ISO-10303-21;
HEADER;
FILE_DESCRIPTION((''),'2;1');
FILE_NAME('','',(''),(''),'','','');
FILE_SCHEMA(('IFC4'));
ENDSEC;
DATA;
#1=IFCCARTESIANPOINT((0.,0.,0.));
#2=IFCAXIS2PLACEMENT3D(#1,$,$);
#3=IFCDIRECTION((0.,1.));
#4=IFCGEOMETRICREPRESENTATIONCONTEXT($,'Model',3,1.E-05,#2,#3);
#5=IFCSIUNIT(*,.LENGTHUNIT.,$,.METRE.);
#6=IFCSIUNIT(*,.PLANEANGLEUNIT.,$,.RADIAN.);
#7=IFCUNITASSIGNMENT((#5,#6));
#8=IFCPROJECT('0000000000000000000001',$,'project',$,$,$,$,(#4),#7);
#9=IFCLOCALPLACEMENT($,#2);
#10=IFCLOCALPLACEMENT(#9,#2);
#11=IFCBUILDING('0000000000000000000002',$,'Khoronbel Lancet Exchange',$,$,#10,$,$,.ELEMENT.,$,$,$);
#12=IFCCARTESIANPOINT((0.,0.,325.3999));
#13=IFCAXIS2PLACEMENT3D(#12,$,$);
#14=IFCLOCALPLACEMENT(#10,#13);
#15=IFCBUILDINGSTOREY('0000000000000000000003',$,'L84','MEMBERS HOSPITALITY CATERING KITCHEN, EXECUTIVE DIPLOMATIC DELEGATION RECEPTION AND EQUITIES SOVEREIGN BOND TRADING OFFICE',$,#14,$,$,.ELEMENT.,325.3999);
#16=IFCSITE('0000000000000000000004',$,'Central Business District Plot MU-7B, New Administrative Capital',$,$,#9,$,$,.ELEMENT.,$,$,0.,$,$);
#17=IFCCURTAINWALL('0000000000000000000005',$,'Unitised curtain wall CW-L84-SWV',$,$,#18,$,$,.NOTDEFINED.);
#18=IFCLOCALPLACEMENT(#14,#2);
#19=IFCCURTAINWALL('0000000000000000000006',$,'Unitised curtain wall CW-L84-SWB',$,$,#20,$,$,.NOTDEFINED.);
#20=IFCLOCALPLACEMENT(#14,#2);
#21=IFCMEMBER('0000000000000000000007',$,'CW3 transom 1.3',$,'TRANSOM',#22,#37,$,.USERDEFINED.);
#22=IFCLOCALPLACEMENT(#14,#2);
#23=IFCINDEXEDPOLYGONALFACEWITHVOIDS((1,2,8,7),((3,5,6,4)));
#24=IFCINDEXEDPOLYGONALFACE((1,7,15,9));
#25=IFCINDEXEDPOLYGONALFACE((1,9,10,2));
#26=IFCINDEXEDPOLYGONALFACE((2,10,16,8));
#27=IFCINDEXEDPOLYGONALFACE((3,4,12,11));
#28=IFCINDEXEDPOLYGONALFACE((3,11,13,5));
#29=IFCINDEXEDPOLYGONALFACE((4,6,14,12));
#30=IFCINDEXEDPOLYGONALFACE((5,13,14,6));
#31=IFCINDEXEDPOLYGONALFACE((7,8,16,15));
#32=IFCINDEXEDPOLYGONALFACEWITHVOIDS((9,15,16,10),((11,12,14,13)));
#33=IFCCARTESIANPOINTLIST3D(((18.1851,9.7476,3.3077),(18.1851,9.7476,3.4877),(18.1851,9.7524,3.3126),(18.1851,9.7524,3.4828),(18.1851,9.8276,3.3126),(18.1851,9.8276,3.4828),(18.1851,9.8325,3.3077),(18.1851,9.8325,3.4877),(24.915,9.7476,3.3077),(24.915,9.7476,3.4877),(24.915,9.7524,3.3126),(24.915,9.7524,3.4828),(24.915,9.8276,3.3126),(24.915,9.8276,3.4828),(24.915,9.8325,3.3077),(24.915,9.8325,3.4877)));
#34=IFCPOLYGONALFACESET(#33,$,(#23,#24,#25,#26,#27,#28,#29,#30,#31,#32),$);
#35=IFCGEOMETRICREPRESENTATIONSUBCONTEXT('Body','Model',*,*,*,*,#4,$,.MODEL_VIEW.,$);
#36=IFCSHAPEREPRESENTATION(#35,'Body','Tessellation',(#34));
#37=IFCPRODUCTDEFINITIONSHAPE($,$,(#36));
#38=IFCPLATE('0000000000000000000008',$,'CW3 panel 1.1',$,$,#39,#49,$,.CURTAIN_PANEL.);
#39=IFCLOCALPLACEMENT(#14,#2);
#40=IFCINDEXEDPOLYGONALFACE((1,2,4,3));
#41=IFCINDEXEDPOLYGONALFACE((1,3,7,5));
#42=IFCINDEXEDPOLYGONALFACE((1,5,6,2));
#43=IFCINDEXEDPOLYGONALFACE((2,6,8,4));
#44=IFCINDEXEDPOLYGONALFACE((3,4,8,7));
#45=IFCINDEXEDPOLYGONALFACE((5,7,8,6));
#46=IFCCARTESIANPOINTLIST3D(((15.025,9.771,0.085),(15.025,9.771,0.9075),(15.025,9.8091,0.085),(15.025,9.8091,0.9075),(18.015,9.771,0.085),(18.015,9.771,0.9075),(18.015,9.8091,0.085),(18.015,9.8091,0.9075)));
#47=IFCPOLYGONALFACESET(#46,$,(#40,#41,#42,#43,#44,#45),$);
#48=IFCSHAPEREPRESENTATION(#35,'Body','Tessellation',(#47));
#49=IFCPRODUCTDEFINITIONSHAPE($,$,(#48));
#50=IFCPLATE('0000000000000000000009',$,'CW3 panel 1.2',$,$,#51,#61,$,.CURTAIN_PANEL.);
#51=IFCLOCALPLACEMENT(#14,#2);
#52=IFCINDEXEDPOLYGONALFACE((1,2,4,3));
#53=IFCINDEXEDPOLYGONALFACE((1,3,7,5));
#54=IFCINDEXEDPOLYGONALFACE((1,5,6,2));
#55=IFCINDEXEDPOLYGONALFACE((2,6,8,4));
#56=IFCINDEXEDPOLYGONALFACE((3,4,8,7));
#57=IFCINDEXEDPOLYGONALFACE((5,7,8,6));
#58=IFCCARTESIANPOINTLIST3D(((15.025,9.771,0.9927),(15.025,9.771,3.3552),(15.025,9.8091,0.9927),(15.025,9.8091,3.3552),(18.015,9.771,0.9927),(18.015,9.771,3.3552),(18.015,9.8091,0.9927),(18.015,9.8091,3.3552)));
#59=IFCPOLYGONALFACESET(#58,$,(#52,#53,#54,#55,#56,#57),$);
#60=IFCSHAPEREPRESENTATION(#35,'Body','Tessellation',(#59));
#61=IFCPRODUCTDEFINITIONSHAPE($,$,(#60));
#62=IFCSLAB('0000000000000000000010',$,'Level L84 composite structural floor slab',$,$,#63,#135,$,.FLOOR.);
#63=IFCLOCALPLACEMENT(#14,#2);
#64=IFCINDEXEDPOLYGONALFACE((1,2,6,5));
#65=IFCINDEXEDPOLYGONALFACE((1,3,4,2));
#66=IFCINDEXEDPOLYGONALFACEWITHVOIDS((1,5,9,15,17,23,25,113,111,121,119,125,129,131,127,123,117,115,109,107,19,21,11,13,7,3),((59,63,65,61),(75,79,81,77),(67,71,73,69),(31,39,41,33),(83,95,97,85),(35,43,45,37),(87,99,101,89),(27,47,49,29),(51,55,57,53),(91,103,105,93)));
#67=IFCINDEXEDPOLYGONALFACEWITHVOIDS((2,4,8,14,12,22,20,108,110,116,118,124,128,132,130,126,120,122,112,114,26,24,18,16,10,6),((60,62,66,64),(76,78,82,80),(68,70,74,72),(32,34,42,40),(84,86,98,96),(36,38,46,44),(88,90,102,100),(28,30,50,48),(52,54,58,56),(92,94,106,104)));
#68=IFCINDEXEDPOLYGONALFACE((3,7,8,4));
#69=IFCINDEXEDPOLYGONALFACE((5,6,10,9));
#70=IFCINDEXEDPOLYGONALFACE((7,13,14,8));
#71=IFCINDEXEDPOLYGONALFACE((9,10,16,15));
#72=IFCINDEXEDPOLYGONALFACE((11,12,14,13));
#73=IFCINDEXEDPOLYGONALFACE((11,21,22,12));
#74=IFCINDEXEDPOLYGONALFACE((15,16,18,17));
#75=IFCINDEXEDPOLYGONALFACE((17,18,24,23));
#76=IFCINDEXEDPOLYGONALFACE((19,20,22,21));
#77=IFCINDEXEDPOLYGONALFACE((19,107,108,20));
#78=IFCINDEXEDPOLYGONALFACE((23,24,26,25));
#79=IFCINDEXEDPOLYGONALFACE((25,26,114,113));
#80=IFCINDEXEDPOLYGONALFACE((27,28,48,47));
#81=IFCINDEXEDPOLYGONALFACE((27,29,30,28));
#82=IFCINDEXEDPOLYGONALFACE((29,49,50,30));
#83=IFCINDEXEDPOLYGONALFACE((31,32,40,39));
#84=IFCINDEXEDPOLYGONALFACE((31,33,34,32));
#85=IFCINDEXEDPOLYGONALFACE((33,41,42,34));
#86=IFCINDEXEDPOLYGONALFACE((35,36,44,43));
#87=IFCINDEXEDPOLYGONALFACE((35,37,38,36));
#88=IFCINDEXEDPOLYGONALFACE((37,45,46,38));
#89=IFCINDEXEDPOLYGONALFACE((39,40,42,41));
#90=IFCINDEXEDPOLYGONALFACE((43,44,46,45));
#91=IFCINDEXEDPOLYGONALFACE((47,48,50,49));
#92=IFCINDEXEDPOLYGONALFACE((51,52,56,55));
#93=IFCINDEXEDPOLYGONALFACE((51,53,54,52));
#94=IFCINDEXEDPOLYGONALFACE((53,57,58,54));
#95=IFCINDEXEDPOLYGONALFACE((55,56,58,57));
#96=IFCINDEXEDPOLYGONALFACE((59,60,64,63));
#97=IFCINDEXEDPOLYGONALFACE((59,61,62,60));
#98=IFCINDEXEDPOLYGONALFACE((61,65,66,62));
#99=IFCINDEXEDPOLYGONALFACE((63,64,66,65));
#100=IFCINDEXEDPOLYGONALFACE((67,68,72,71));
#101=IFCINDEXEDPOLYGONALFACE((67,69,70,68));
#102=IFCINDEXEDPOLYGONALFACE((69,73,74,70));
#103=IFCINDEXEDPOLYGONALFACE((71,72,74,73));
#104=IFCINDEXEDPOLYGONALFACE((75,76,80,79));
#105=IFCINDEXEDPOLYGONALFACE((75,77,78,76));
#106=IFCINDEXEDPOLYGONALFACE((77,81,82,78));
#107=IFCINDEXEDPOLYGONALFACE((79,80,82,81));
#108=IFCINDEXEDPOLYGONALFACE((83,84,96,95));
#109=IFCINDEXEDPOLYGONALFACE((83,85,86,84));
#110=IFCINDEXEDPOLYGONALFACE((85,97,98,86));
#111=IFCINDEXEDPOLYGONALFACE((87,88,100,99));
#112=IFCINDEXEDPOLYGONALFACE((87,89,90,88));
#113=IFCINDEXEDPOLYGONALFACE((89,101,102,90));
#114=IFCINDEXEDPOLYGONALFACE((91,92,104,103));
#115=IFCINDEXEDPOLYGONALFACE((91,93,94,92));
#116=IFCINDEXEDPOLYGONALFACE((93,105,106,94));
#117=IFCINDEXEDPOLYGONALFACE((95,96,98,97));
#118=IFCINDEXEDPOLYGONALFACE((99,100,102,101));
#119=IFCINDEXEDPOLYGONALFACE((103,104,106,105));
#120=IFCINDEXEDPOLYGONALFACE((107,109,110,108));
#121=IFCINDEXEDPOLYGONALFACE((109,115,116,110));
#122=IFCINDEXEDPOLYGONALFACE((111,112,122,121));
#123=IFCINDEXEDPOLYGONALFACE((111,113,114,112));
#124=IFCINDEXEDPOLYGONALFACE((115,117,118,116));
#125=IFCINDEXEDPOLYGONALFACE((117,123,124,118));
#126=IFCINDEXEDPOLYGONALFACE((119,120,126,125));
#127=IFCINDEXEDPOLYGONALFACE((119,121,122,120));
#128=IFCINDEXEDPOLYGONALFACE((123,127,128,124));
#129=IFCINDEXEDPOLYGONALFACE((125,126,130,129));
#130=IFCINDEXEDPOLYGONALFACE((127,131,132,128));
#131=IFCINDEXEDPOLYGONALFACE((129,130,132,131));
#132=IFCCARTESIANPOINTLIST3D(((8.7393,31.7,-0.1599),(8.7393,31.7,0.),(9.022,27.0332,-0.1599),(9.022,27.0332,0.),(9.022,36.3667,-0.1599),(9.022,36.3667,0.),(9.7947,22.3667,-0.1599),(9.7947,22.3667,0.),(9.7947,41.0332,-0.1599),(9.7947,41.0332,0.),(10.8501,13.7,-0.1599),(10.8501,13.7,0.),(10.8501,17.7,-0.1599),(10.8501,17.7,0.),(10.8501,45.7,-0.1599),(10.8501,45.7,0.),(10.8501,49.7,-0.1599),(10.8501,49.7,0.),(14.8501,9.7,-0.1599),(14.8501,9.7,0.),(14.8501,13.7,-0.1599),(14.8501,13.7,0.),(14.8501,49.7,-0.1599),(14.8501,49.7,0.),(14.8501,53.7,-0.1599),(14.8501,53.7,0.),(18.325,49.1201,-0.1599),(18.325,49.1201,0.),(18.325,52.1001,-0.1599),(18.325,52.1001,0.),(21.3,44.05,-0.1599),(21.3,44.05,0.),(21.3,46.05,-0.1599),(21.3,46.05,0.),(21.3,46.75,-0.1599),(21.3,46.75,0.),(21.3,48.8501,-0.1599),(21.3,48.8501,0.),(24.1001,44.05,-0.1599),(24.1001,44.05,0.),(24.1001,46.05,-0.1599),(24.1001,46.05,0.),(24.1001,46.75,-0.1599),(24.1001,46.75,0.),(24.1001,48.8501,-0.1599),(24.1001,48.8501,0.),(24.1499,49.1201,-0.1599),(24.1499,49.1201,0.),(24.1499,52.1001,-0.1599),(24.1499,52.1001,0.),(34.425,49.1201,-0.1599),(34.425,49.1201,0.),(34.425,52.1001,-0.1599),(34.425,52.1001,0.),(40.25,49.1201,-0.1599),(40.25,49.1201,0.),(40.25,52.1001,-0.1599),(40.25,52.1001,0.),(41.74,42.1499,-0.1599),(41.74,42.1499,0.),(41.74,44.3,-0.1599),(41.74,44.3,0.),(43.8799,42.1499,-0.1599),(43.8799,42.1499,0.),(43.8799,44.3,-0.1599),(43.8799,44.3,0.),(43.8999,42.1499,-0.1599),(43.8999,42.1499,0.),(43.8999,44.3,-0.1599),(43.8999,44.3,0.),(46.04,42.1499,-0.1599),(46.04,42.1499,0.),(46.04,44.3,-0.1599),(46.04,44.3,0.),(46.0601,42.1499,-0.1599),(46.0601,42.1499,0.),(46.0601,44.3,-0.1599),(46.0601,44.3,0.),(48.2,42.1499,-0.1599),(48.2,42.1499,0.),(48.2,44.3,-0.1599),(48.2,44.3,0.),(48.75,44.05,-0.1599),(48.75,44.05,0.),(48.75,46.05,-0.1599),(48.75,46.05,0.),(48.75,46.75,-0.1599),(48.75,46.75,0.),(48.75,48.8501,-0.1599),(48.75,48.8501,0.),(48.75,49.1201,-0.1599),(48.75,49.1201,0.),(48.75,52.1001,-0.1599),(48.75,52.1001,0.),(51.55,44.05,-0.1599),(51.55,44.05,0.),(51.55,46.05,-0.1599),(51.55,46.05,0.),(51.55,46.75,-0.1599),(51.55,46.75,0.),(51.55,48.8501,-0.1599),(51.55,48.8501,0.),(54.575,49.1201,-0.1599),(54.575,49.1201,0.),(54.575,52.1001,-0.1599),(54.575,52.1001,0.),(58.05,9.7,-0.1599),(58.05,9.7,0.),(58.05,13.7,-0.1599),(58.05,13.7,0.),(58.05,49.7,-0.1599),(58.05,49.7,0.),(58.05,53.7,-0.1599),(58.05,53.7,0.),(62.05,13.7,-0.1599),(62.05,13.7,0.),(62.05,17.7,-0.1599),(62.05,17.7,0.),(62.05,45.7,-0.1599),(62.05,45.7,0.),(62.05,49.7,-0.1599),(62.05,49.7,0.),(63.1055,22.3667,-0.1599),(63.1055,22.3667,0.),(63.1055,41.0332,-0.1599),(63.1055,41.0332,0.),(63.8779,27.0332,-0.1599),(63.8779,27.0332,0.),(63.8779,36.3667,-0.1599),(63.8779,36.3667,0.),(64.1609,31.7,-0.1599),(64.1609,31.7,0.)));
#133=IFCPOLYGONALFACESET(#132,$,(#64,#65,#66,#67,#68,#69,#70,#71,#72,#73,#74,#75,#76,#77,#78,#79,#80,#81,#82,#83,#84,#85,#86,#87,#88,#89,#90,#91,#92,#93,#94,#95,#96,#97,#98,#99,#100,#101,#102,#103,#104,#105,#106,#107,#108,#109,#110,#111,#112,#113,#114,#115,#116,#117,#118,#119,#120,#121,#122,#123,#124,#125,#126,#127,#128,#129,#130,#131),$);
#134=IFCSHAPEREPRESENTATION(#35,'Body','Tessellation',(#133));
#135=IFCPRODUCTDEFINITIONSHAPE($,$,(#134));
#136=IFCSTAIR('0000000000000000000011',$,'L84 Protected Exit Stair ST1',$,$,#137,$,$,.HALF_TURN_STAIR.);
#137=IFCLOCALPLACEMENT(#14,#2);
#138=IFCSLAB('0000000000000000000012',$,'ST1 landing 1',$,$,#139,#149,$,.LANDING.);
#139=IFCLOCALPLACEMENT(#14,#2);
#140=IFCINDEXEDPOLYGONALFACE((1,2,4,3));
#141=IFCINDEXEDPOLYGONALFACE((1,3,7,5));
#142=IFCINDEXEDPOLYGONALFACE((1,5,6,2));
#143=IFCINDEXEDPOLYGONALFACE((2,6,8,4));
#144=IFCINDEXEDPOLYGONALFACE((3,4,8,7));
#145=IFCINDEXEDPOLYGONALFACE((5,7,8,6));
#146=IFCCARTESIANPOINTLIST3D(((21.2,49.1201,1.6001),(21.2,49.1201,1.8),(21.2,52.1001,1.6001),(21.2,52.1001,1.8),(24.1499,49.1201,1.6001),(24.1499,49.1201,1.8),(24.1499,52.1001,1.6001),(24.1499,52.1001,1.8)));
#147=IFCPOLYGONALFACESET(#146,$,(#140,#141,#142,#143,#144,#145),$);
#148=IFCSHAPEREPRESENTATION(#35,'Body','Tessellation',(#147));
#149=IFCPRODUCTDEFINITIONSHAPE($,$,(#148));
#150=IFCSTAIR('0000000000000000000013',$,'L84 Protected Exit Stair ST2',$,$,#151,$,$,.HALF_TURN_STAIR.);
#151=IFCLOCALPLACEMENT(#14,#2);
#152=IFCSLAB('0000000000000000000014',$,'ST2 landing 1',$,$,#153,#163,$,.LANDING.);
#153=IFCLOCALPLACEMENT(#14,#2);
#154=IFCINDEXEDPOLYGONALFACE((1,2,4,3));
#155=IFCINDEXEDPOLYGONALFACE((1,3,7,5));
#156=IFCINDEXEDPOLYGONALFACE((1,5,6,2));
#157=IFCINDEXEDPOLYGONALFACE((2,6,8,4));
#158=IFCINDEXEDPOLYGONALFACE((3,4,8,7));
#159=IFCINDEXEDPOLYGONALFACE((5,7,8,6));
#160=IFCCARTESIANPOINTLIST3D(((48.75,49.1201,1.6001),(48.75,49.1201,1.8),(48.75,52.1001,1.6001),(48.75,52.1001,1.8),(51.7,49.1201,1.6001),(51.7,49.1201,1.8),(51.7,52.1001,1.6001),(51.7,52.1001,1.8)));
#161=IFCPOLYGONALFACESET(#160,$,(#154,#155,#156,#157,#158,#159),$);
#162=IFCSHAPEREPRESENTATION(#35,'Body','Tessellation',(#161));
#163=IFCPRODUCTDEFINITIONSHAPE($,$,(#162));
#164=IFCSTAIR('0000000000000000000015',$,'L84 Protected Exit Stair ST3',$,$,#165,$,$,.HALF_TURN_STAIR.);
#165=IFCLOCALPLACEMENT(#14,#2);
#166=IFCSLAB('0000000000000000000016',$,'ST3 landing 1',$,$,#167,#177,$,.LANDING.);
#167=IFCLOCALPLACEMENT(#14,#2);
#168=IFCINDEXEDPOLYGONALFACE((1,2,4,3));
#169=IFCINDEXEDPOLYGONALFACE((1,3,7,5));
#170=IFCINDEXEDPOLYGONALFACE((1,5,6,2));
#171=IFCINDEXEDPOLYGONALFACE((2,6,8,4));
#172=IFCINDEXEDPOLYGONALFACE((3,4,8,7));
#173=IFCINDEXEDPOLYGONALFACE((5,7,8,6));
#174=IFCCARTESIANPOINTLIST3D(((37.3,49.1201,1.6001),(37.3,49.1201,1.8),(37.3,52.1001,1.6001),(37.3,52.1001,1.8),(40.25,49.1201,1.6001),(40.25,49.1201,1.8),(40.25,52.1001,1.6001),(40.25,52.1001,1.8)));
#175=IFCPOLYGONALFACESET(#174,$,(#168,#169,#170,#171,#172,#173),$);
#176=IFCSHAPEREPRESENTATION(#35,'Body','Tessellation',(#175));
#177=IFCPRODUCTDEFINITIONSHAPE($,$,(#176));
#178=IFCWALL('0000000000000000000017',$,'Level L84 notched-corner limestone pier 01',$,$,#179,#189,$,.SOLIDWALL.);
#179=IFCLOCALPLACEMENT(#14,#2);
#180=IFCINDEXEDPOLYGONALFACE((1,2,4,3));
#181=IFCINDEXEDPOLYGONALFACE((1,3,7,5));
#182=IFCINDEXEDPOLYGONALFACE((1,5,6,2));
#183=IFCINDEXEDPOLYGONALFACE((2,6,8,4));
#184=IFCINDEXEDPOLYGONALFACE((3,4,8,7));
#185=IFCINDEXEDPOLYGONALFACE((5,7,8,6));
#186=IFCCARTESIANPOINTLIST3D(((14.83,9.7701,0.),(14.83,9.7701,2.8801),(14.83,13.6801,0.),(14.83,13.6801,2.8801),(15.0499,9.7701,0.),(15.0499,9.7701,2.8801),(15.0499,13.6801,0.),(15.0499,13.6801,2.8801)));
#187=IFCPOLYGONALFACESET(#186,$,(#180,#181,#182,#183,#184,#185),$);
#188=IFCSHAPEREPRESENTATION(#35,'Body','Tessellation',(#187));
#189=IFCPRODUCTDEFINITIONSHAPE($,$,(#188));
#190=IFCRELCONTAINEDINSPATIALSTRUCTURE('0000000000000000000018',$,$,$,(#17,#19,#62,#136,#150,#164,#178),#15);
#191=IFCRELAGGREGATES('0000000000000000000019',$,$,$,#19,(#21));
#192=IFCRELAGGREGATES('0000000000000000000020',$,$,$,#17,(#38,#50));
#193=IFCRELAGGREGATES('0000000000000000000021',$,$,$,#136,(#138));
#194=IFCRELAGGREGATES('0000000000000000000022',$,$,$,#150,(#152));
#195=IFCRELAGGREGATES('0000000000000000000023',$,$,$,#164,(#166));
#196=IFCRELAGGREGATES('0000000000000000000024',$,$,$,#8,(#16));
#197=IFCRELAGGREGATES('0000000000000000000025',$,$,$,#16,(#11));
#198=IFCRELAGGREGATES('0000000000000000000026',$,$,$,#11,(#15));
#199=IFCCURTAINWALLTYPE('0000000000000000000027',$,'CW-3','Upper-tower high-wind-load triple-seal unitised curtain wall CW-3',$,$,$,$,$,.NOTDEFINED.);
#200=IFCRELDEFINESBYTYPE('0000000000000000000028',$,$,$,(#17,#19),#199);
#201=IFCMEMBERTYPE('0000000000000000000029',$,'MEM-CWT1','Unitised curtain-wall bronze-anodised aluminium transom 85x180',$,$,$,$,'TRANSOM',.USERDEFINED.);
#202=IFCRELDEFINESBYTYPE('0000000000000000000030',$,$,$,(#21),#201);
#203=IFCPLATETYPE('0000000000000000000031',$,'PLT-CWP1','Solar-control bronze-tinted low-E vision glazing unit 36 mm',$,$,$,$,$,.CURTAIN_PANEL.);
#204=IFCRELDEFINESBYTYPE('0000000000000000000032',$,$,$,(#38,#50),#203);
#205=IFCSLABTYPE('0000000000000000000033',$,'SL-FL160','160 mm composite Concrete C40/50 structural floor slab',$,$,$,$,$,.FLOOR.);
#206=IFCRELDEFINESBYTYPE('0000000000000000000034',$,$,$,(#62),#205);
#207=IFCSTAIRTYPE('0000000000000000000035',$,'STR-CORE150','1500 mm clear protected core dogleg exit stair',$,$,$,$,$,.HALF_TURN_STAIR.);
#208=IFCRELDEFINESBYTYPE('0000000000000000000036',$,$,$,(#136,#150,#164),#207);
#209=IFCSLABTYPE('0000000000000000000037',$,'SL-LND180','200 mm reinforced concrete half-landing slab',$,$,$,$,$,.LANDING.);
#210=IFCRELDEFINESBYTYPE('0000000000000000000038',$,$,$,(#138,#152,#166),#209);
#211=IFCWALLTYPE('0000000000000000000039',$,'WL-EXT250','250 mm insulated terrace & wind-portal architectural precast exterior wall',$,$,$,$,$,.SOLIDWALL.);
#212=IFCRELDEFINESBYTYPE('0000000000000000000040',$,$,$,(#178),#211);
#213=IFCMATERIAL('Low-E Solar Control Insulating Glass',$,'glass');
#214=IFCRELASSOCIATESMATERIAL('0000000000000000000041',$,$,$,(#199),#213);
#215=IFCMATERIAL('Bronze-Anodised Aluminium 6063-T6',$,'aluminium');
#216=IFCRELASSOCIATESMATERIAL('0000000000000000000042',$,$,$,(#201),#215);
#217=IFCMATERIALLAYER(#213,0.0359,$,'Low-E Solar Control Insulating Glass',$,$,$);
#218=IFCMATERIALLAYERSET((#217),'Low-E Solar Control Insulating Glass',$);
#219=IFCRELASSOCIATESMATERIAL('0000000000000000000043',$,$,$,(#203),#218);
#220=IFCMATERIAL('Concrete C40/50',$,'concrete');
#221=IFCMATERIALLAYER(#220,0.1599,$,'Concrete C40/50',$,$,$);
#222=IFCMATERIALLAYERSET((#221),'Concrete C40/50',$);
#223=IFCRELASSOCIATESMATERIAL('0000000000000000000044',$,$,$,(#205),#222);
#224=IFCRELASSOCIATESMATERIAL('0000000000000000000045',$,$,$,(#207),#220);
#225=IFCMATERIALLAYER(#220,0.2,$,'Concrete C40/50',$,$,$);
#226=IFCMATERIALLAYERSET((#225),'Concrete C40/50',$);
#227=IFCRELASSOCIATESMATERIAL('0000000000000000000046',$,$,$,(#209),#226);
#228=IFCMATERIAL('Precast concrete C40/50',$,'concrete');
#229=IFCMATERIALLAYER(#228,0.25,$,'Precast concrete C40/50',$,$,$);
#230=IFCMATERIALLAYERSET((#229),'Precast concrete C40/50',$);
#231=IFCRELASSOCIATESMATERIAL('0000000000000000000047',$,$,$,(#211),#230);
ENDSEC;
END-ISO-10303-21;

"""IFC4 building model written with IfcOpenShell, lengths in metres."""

from ifc_helpers import new_model, si_unit, direction, frame, frame_2d, origin, origin_2d, place, context, subcontext, project, spatial, polyline, rectangle, hollow_rectangle, outline, extrude, material, layer, layer_set, material_profile, profile_set, type_object, element, aggregate, save


model = new_model("IFC4")

# Units and contexts
model_context = context("Model", 3, precision=1e-05, world=origin(), true_north=direction((0.0, 1.0)))
body_context = subcontext(model_context, "Body", "Model", "MODEL_VIEW")
ifc_project = project(units=[si_unit("LENGTHUNIT", "METRE"), si_unit("PLANEANGLEUNIT", "RADIAN")], contexts=[model_context])

# Site, building, storey
site_placement = place(None, origin())
site = spatial("IfcSite", under=ifc_project, at=site_placement, Name="Central Business District Plot MU-7B, New Administrative Capital", CompositionType="ELEMENT", RefElevation=0.0)
building_placement = place(site_placement, origin())
building = spatial("IfcBuilding", under=site, at=building_placement, Name="Khoronbel Lancet Exchange", CompositionType="ELEMENT")
storey_placement = place(building_placement, frame((0.0, 0.0, 325.3999)))
storey = spatial("IfcBuildingStorey", under=building, at=storey_placement, Name="L84", Description="MEMBERS HOSPITALITY CATERING KITCHEN, EXECUTIVE DIPLOMATIC DELEGATION RECEPTION AND EQUITIES SOVEREIGN BOND TRADING OFFICE", CompositionType="ELEMENT", Elevation=325.3999)

# Curtain wall
ifc_material_1 = material(Name="Low-E Solar Control Insulating Glass", Category="glass")
curtain_wall_type = type_object("IfcCurtainWallType", Name="CW-3", Description="Upper-tower high-wind-load triple-seal unitised curtain wall CW-3", PredefinedType="NOTDEFINED", material=ifc_material_1)
curtain_wall_1_placement = place(storey_placement, origin())
curtain_wall_1 = element("IfcCurtainWall", 1, at=curtain_wall_1_placement, inside=storey, type_object=curtain_wall_type, Name="Unitised curtain wall CW-L84-SWV", PredefinedType="NOTDEFINED")
ifc_material_2 = material(Name="Bronze-Anodised Aluminium 6063-T6", Category="aluminium")

# Curtain wall
curtain_wall_2_placement = place(storey_placement, origin())
curtain_wall_2 = element("IfcCurtainWall", 2, at=curtain_wall_2_placement, inside=storey, type_object=curtain_wall_type, Name="Unitised curtain wall CW-L84-SWB", PredefinedType="NOTDEFINED")

# Member
ifc_material_profile_1 = material_profile(ifc_material_2, hollow_rectangle(XDim=0.085, YDim=0.1799, WallThickness=0.0049, at=origin_2d()), Name="ALU TRANSOM 85x180")
ifc_profile_set_1 = profile_set([ifc_material_profile_1], Name="Bronze-Anodised Aluminium 6063-T6")
member_type_1 = type_object("IfcMemberType", Name="MEM-CWT1", Description="Unitised curtain-wall bronze-anodised aluminium transom 85x180", ElementType="TRANSOM", PredefinedType="USERDEFINED", material=ifc_profile_set_1)
member_1_placement = place(storey_placement, frame((18.1851, 9.79, 3.3977), z_axis=(1.0, 0.0, 0.0), x_axis=(0.0, 1.0, 0.0)))
member_1 = element("IfcMember", 3, at=member_1_placement, type_object=member_type_1, Name="CW3 transom 1.3", ObjectType="TRANSOM", PredefinedType="USERDEFINED", context=body_context, shape_type="SweptSolid", body=[
    extrude(hollow_rectangle(XDim=0.085, YDim=0.1799, WallThickness=0.0049, at=origin_2d()), origin(), (0.0, 0.0, 1.0), 6.73),
])
aggregate(curtain_wall_2, [member_1])

# Plates
ifc_layer_1 = layer(ifc_material_1, 0.0359, Name="Low-E Solar Control Insulating Glass")
ifc_layer_set_1 = layer_set([ifc_layer_1], Name="Low-E Solar Control Insulating Glass")
plate_type = type_object("IfcPlateType", Name="PLT-CWP1", Description="Solar-control bronze-tinted low-E vision glazing unit 36 mm", PredefinedType="CURTAIN_PANEL", material=ifc_layer_set_1)
plate_1_placement = place(storey_placement, frame((16.52, 9.79, 0.085), z_axis=(0.0, 0.0, 1.0), x_axis=(1.0, 0.0, 0.0)))
plate_1 = element("IfcPlate", 4, at=plate_1_placement, type_object=plate_type, Name="CW3 panel 1.1", PredefinedType="CURTAIN_PANEL", context=body_context, shape_type="SweptSolid", body=[
    extrude(rectangle(XDim=2.99, YDim=0.0381, at=origin_2d()), origin(), (0.0, 0.0, 1.0), 0.8225),
])
plate_2_placement = place(storey_placement, frame((16.52, 9.79, 0.9927), z_axis=(0.0, 0.0, 1.0), x_axis=(1.0, 0.0, 0.0)))
plate_2 = element("IfcPlate", 5, at=plate_2_placement, type_object=plate_type, Name="CW3 panel 1.2", PredefinedType="CURTAIN_PANEL", context=body_context, shape_type="SweptSolid", body=[
    extrude(rectangle(XDim=2.99, YDim=0.0381, at=origin_2d()), origin(), (0.0, 0.0, 1.0), 2.3625),
])
aggregate(curtain_wall_1, [plate_1, plate_2])

# Slab
ifc_material_3 = material(Name="Concrete C40/50", Category="concrete")
ifc_layer_2 = layer(ifc_material_3, 0.1599, Name="Concrete C40/50")
ifc_layer_set_2 = layer_set([ifc_layer_2], Name="Concrete C40/50")
slab_type_1 = type_object("IfcSlabType", Name="SL-FL160", Description="160 mm composite Concrete C40/50 structural floor slab", PredefinedType="FLOOR", material=ifc_layer_set_2)
slab_1_placement = place(storey_placement, frame((0.0, 0.0, -0.1599)))
element("IfcSlab", 6, at=slab_1_placement, inside=storey, type_object=slab_type_1, Name="Level L84 composite structural floor slab", PredefinedType="FLOOR", context=body_context, shape_type="SweptSolid", body=[
    extrude(outline(polyline([(14.8501, 9.7), (58.05, 9.7), (58.05, 13.7), (62.05, 13.7), (62.05, 17.7), (63.1055, 22.3667), (63.8779, 27.0332), (64.1609, 31.7), (63.8779, 36.3667), (63.1055, 41.0332), (62.05, 45.7), (62.05, 49.7), (58.05, 49.7), (58.05, 53.7), (14.8501, 53.7), (14.8501, 49.7), (10.8501, 49.7), (10.8501, 45.7), (9.7947, 41.0332), (9.022, 36.3667), (8.7393, 31.7), (9.022, 27.0332), (9.7947, 22.3667), (10.8501, 17.7), (10.8501, 13.7), (14.8501, 13.7), (14.8501, 9.7)]), holes=[polyline([(18.325, 49.1201), (24.1499, 49.1201), (24.1499, 52.1001), (18.325, 52.1001), (18.325, 49.1201)]), polyline([(48.75, 49.1201), (54.575, 49.1201), (54.575, 52.1001), (48.75, 52.1001), (48.75, 49.1201)]), polyline([(34.425, 49.1201), (40.25, 49.1201), (40.25, 52.1001), (34.425, 52.1001), (34.425, 49.1201)]), polyline([(41.74, 42.1499), (43.8799, 42.1499), (43.8799, 44.3), (41.74, 44.3), (41.74, 42.1499)]), polyline([(43.8999, 42.1499), (46.04, 42.1499), (46.04, 44.3), (43.8999, 44.3), (43.8999, 42.1499)]), polyline([(46.0601, 42.1499), (48.2, 42.1499), (48.2, 44.3), (46.0601, 44.3), (46.0601, 42.1499)]), polyline([(21.3, 46.75), (24.1001, 46.75), (24.1001, 48.8501), (21.3, 48.8501), (21.3, 46.75)]), polyline([(48.75, 46.75), (51.55, 46.75), (51.55, 48.8501), (48.75, 48.8501), (48.75, 46.75)]), polyline([(21.3, 44.05), (24.1001, 44.05), (24.1001, 46.05), (21.3, 46.05), (21.3, 44.05)]), polyline([(48.75, 44.05), (51.55, 44.05), (51.55, 46.05), (48.75, 46.05), (48.75, 44.05)])]), origin(), (0.0, 0.0, 1.0), 0.1599),
])

# Stairs, slabs
stair_type = type_object("IfcStairType", Name="STR-CORE150", Description="1500 mm clear protected core dogleg exit stair", PredefinedType="HALF_TURN_STAIR", material=ifc_material_3)
stair_1_placement = place(storey_placement, origin())
stair_1 = element("IfcStair", 7, at=stair_1_placement, inside=storey, type_object=stair_type, Name="L84 Protected Exit Stair ST1", PredefinedType="HALF_TURN_STAIR")
ifc_layer_3 = layer(ifc_material_3, 0.2, Name="Concrete C40/50")
ifc_layer_set_3 = layer_set([ifc_layer_3], Name="Concrete C40/50")
slab_type_2 = type_object("IfcSlabType", Name="SL-LND180", Description="200 mm reinforced concrete half-landing slab", PredefinedType="LANDING", material=ifc_layer_set_3)
slab_2_placement = place(storey_placement, frame((0.0, 0.0, 1.6001)))
slab_2 = element("IfcSlab", 8, at=slab_2_placement, type_object=slab_type_2, Name="ST1 landing 1", PredefinedType="LANDING", context=body_context, shape_type="SweptSolid", body=[
    extrude(outline(polyline([(21.2, 49.1201), (24.1499, 49.1201), (24.1499, 52.1001), (21.2, 52.1001), (21.2, 49.1201)])), origin(), (0.0, 0.0, 1.0), 0.2),
])
aggregate(stair_1, [slab_2])
stair_2_placement = place(storey_placement, origin())
stair_2 = element("IfcStair", 9, at=stair_2_placement, inside=storey, type_object=stair_type, Name="L84 Protected Exit Stair ST2", PredefinedType="HALF_TURN_STAIR")
slab_3_placement = place(storey_placement, frame((0.0, 0.0, 1.6001)))
slab_3 = element("IfcSlab", 10, at=slab_3_placement, type_object=slab_type_2, Name="ST2 landing 1", PredefinedType="LANDING", context=body_context, shape_type="SweptSolid", body=[
    extrude(outline(polyline([(51.7, 52.1001), (48.75, 52.1001), (48.75, 49.1201), (51.7, 49.1201), (51.7, 52.1001)])), origin(), (0.0, 0.0, 1.0), 0.2),
])
aggregate(stair_2, [slab_3])
stair_3_placement = place(storey_placement, origin())
stair_3 = element("IfcStair", 11, at=stair_3_placement, inside=storey, type_object=stair_type, Name="L84 Protected Exit Stair ST3", PredefinedType="HALF_TURN_STAIR")
slab_4_placement = place(storey_placement, frame((0.0, 0.0, 1.6001)))
slab_4 = element("IfcSlab", 12, at=slab_4_placement, type_object=slab_type_2, Name="ST3 landing 1", PredefinedType="LANDING", context=body_context, shape_type="SweptSolid", body=[
    extrude(outline(polyline([(37.3, 49.1201), (40.25, 49.1201), (40.25, 52.1001), (37.3, 52.1001), (37.3, 49.1201)])), origin(), (0.0, 0.0, 1.0), 0.2),
])
aggregate(stair_3, [slab_4])

# Wall
ifc_material_4 = material(Name="Precast concrete C40/50", Category="concrete")
ifc_layer_4 = layer(ifc_material_4, 0.25, Name="Precast concrete C40/50")
ifc_layer_set_4 = layer_set([ifc_layer_4], Name="Precast concrete C40/50")
wall_type_1 = type_object("IfcWallType", Name="WL-EXT250", Description="250 mm insulated terrace & wind-portal architectural precast exterior wall", PredefinedType="SOLIDWALL", material=ifc_layer_set_4)
wall_1_placement = place(storey_placement, frame((14.9399, 9.77, 0.0), z_axis=(0.0, 0.0, 1.0), x_axis=(0.0, 1.0, 0.0)))
element("IfcWall", 13, at=wall_1_placement, inside=storey, type_object=wall_type_1, Name="Level L84 notched-corner limestone pier 01", PredefinedType="SOLIDWALL", context=body_context, shape_type="SweptSolid", body=[
    extrude(rectangle(XDim=3.9099, YDim=0.22, at=frame_2d((1.9551, 0.0))), origin(), (0.0, 0.0, 1.0), 2.8801),
])

save(model, "model.ifc")
